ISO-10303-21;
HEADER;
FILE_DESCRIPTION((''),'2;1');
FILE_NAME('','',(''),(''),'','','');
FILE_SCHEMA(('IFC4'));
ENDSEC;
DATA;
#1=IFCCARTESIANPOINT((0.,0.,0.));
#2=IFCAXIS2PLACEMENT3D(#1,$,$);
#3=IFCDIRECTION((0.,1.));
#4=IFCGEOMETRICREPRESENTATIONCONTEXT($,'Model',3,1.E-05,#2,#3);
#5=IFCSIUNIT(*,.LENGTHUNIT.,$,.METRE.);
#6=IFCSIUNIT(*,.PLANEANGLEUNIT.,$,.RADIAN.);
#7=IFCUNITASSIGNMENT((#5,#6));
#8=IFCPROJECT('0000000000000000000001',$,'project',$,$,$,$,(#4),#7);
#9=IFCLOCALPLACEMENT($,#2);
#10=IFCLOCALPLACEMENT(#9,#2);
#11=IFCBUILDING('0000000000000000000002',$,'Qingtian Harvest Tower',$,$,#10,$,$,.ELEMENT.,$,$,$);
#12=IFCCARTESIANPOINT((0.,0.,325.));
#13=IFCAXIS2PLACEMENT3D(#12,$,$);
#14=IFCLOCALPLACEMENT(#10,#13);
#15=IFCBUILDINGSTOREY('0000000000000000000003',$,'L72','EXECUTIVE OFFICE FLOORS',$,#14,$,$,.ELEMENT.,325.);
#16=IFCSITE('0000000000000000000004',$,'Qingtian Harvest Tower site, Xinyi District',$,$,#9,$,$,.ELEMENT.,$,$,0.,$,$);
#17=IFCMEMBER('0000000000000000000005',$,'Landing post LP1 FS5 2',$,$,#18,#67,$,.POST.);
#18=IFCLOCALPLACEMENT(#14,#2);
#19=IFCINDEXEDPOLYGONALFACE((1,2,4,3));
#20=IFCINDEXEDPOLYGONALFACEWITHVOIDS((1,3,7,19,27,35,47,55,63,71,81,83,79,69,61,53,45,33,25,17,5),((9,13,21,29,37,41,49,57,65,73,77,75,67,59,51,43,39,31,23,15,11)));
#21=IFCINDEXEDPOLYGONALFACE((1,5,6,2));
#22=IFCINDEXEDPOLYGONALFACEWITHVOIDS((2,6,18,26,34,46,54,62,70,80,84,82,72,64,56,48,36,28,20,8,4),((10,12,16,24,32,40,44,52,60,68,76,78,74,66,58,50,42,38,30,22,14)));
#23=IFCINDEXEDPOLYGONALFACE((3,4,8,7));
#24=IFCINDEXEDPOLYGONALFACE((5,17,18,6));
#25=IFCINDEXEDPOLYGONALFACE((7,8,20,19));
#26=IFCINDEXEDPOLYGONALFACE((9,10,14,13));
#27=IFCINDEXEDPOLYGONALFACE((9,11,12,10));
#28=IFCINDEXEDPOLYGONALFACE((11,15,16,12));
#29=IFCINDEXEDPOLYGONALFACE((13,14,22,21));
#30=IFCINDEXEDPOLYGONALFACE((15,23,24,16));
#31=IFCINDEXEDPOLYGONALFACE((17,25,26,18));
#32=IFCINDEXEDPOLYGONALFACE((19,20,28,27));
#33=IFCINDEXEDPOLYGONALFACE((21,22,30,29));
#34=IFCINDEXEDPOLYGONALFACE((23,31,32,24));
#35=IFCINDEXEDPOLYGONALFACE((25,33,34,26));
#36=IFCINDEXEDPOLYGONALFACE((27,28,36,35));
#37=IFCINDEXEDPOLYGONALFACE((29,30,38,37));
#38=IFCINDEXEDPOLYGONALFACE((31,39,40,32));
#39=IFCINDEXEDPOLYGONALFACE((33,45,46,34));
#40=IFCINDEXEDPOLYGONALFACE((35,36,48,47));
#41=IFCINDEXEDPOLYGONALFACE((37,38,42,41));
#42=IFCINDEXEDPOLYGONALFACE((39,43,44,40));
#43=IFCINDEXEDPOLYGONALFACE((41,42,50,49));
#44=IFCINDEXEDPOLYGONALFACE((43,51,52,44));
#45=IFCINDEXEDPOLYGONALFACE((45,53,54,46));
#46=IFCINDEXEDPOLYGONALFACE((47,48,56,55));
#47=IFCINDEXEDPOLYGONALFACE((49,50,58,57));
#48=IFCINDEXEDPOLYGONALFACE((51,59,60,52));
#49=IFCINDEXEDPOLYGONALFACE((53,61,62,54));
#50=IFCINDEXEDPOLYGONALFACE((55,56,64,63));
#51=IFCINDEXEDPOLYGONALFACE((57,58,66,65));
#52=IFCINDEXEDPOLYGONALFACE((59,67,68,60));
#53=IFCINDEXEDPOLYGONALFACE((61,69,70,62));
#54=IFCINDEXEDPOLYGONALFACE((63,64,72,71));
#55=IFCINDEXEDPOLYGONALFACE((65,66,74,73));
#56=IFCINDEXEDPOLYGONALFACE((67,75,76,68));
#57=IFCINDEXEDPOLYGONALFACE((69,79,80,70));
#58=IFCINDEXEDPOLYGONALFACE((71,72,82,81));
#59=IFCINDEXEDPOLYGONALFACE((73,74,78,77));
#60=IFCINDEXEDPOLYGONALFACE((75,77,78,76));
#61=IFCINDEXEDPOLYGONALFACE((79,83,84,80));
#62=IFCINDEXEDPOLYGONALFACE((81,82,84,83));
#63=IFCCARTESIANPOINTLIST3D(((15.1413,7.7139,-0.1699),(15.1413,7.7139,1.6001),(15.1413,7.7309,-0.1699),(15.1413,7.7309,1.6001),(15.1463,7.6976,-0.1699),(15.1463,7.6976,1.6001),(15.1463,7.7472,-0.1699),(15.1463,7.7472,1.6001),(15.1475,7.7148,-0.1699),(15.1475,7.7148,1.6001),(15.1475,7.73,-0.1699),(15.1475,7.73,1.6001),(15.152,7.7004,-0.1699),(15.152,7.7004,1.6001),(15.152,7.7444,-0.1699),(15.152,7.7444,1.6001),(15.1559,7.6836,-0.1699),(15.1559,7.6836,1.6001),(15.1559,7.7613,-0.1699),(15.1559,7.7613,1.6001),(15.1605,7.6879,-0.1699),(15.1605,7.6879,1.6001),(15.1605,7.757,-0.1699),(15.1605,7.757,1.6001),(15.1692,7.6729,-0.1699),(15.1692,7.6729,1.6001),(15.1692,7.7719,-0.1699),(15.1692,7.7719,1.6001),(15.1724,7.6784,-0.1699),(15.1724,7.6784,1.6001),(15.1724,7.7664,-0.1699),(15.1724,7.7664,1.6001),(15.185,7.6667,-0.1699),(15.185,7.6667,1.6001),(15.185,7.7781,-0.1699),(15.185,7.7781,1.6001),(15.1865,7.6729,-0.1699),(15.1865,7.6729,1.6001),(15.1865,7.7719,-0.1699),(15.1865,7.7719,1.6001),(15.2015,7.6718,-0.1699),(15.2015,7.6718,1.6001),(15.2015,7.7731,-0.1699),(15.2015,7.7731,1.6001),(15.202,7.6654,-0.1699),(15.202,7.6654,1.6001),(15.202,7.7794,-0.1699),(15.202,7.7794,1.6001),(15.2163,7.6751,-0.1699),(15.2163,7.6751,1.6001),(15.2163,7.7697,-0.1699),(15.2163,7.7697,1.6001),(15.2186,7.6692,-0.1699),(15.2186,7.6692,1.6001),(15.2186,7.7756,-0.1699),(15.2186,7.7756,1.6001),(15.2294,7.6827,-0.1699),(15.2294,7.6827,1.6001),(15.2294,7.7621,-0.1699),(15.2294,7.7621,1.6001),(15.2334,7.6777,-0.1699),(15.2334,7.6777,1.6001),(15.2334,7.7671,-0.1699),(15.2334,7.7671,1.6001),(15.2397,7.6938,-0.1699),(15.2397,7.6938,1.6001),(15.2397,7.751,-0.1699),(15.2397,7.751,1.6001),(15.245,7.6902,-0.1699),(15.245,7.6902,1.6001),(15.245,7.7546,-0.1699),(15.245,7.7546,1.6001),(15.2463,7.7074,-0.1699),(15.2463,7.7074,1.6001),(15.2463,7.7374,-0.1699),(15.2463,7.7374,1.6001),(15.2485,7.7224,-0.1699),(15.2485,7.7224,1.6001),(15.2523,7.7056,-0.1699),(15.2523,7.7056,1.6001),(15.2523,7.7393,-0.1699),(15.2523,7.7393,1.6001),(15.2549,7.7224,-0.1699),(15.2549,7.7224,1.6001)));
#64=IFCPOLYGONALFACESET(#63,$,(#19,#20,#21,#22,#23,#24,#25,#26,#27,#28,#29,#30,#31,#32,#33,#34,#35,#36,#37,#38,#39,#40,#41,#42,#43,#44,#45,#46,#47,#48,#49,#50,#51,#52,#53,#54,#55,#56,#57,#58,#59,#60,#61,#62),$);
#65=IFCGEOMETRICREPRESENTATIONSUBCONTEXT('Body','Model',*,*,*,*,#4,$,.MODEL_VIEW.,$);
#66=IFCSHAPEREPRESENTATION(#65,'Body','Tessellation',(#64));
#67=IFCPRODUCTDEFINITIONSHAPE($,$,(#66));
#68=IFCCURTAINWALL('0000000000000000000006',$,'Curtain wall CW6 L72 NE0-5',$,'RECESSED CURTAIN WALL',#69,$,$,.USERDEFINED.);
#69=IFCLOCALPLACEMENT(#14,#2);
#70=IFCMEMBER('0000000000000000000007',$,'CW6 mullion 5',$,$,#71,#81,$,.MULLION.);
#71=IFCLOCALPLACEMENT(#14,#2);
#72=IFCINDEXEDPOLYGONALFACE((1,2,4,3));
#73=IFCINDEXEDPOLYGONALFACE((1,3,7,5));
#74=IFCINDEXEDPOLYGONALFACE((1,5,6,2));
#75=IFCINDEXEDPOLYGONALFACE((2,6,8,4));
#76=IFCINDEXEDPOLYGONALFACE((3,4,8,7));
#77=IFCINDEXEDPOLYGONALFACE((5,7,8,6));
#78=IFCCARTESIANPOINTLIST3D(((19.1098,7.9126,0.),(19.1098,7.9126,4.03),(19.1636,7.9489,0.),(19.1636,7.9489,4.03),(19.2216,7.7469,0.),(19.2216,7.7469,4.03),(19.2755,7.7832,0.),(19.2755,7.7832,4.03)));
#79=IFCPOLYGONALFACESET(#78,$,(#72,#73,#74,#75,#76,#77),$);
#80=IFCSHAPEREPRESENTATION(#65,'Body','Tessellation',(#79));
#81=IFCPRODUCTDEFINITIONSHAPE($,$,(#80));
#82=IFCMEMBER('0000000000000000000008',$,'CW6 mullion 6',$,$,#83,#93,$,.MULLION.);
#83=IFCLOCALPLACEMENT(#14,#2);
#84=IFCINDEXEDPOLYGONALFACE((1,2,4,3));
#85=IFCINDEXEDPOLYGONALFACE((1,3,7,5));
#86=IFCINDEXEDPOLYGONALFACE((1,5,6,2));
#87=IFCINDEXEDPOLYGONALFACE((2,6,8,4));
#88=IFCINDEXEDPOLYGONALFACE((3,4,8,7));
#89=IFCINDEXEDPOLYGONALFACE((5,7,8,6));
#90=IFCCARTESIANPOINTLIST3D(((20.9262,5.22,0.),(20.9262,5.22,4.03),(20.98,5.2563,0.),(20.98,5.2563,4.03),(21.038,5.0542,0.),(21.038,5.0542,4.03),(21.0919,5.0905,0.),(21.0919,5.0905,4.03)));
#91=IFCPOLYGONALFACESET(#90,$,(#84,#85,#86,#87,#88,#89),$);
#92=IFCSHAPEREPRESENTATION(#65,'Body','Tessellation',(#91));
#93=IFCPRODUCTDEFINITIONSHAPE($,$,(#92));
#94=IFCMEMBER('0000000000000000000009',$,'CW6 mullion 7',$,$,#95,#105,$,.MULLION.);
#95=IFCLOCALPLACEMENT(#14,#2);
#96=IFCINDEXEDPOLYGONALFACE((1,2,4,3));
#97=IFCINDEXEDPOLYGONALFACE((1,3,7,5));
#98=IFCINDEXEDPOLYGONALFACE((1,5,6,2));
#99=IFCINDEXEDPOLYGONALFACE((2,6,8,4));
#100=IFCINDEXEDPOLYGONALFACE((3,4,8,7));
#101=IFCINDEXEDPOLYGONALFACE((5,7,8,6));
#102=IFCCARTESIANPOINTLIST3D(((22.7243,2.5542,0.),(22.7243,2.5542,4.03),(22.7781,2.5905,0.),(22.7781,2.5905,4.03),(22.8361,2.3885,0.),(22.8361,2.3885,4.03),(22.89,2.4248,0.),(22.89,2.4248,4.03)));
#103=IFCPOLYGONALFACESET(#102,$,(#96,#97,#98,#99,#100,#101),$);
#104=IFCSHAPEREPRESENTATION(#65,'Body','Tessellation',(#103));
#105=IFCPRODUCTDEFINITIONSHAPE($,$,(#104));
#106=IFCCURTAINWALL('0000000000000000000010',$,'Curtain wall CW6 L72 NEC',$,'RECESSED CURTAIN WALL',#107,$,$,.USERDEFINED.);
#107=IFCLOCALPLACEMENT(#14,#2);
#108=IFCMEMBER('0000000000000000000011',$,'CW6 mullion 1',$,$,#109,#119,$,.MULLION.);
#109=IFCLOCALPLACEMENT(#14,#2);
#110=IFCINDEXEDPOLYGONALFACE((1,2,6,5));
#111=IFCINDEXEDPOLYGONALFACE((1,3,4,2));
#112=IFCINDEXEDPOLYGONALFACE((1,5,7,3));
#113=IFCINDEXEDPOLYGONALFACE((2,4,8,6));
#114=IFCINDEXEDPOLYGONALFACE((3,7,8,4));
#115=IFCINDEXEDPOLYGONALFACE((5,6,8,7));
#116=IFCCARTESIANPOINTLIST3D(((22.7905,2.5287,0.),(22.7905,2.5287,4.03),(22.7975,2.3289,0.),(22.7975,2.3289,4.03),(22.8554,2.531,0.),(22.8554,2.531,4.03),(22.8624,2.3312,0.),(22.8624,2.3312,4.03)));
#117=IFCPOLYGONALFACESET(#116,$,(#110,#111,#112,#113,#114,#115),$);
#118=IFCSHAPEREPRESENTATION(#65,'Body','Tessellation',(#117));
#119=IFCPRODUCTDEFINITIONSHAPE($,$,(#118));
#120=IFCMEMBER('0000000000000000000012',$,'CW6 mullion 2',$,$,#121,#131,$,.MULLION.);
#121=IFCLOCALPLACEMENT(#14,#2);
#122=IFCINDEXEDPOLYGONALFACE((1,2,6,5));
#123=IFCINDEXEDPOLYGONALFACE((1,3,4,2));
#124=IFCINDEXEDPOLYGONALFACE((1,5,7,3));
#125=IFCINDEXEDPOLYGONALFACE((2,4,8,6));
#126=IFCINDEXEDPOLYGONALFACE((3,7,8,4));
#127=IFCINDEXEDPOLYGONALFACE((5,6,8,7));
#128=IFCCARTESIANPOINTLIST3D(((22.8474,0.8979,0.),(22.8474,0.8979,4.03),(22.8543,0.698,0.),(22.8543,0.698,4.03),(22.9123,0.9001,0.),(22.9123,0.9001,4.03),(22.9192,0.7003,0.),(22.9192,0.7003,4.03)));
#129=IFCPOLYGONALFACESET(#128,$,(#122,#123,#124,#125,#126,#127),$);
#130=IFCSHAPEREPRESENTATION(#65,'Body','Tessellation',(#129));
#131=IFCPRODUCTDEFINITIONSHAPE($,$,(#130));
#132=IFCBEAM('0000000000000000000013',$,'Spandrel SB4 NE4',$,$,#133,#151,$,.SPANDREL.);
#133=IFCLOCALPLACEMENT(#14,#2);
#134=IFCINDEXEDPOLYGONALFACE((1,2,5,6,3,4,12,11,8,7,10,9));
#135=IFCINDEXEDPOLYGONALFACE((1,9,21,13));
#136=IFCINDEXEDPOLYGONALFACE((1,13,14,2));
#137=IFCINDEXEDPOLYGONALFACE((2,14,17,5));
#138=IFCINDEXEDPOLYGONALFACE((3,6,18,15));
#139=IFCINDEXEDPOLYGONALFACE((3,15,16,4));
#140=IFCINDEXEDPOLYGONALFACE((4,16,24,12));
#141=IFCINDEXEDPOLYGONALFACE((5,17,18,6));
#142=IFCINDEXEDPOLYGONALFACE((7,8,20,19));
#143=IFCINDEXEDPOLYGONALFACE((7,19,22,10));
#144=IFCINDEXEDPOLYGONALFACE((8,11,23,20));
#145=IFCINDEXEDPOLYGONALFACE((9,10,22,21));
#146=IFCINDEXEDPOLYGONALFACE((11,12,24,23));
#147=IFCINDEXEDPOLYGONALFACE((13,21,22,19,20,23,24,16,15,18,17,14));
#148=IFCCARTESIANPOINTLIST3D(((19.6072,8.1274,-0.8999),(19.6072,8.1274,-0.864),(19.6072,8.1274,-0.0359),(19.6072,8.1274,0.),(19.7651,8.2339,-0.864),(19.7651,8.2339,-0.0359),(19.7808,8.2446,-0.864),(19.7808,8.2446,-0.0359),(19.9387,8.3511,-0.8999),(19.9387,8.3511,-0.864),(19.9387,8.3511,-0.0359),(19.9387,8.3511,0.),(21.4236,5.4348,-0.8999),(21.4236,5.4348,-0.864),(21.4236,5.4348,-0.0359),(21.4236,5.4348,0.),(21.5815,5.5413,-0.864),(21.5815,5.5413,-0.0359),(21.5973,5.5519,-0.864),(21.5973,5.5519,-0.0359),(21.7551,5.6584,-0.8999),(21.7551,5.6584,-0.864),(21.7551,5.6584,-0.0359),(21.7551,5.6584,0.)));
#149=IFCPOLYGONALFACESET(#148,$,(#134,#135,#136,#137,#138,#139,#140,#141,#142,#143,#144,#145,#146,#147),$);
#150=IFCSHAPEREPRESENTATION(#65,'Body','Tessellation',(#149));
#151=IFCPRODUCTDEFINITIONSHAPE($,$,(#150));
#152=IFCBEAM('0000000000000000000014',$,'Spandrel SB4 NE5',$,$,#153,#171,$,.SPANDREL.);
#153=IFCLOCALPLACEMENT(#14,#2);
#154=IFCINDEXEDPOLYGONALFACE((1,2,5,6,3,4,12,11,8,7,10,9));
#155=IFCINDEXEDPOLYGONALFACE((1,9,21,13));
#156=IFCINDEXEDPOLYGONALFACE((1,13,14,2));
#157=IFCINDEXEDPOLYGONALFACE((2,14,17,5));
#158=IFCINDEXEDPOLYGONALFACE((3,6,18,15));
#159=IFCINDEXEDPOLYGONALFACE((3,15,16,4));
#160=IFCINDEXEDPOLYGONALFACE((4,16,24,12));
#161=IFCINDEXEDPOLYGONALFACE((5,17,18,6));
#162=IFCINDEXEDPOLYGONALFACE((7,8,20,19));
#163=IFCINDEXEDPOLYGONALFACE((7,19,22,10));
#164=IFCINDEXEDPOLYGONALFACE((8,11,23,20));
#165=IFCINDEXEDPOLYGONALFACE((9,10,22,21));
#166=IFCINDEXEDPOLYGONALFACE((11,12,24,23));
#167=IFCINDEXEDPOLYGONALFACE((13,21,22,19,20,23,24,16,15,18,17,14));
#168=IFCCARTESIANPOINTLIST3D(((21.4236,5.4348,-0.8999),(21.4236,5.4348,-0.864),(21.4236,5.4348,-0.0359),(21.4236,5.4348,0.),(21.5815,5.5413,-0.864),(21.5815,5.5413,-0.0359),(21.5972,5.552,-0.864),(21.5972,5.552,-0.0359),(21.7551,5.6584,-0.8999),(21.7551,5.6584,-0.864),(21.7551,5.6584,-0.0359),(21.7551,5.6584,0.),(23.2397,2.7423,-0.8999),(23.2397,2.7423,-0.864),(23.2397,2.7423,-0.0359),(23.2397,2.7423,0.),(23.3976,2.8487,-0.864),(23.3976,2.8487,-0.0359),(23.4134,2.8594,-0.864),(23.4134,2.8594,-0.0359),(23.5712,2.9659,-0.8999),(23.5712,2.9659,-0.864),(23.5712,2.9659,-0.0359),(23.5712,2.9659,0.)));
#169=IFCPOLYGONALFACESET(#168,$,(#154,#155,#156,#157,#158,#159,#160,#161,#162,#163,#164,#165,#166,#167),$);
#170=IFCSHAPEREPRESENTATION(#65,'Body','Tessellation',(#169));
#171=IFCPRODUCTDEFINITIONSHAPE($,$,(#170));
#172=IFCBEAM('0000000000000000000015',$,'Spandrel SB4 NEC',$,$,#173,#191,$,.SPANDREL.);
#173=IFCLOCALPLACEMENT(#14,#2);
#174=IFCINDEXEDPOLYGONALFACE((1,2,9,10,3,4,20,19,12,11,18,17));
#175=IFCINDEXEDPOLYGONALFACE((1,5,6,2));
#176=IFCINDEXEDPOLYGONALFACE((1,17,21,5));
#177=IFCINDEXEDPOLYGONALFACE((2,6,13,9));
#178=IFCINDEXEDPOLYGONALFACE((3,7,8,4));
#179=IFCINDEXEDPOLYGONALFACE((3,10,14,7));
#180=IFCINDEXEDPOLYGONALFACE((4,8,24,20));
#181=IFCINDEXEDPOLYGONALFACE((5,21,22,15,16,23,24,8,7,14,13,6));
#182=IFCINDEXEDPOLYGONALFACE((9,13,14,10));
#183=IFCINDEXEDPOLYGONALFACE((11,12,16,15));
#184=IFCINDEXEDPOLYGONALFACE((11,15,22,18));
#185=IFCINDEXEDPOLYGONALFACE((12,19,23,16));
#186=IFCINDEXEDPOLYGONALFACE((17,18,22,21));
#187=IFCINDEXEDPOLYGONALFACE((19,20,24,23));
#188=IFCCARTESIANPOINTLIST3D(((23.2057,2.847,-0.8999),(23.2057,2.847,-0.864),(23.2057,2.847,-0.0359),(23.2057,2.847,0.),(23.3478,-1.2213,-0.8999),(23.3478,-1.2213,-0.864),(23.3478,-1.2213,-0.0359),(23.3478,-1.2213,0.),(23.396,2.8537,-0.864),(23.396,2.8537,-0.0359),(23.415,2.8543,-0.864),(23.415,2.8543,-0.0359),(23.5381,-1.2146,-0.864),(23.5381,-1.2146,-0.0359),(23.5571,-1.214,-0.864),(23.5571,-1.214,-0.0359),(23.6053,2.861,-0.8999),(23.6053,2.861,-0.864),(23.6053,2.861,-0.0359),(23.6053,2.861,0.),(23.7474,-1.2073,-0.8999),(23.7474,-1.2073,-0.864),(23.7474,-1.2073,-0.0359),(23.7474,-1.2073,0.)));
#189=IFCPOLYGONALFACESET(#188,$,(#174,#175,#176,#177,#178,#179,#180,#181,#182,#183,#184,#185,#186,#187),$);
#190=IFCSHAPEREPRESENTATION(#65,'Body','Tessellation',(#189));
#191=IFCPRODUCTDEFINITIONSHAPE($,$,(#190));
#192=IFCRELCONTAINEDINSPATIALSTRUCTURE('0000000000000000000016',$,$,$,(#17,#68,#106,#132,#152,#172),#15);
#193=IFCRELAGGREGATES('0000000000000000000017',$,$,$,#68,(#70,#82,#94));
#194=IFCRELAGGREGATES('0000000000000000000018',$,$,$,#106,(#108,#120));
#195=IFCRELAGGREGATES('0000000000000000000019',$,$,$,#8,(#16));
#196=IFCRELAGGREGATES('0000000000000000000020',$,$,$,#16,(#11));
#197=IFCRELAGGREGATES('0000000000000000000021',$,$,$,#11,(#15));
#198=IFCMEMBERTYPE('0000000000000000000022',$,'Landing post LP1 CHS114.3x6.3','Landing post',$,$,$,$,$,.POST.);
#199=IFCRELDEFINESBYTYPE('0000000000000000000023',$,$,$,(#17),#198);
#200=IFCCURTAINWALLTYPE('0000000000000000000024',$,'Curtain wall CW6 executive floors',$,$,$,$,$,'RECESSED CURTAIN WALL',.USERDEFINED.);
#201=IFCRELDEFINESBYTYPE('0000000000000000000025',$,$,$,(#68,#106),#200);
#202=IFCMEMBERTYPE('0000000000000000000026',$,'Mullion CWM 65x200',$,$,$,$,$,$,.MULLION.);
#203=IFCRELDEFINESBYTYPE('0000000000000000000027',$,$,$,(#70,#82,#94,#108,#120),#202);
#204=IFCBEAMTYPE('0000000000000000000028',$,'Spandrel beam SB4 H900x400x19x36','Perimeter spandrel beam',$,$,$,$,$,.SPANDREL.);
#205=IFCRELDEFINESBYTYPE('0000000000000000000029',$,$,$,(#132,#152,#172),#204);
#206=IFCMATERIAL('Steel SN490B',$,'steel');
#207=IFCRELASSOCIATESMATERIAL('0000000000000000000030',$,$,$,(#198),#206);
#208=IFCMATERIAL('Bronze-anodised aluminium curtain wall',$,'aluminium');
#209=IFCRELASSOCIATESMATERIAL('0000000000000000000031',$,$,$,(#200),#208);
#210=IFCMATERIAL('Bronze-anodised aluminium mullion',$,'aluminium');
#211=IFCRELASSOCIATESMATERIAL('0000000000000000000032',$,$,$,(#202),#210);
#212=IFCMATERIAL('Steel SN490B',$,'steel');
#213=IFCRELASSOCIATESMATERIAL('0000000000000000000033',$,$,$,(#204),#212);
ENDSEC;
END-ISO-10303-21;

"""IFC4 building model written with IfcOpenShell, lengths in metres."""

from ifc_helpers import new_model, si_unit, direction, frame, origin, origin_2d, place, context, subcontext, project, spatial, rectangle, hollow_circle, i_section, extrude, material, material_profile, profile_set, type_object, element, aggregate, save


model = new_model("IFC4")

# Units and contexts
model_context = context("Model", 3, precision=1e-05, world=origin(), true_north=direction((0.0, 1.0)))
body_context = subcontext(model_context, "Body", "Model", "MODEL_VIEW")
ifc_project = project(units=[si_unit("LENGTHUNIT", "METRE"), si_unit("PLANEANGLEUNIT", "RADIAN")], contexts=[model_context])

# Site, building, storey
site_placement = place(None, origin())
site = spatial("IfcSite", under=ifc_project, at=site_placement, Name="Qingtian Harvest Tower site, Xinyi District", CompositionType="ELEMENT", RefElevation=0.0)
building_placement = place(site_placement, origin())
building = spatial("IfcBuilding", under=site, at=building_placement, Name="Qingtian Harvest Tower", CompositionType="ELEMENT")
storey_placement = place(building_placement, frame((0.0, 0.0, 325.0)))
storey = spatial("IfcBuildingStorey", under=building, at=storey_placement, Name="L72", Description="EXECUTIVE OFFICE FLOORS", CompositionType="ELEMENT", Elevation=325.0)

# Member
ifc_material_1 = material(Name="Steel SN490B", Category="steel")
ifc_material_profile_1 = material_profile(ifc_material_1, hollow_circle(Radius=0.0571, WallThickness=0.0063, at=origin_2d()), Name="CHS114.3x6.3")
ifc_profile_set_1 = profile_set([ifc_material_profile_1], Name="Steel SN490B")
member_type_1 = type_object("IfcMemberType", Name="Landing post LP1 CHS114.3x6.3", Description="Landing post", PredefinedType="POST", material=ifc_profile_set_1)
member_1_placement = place(storey_placement, frame((15.1978, 7.7224, -0.1699), z_axis=(0.0, 0.0, 1.0), x_axis=(1.0, 0.0, 0.0)))
element("IfcMember", 1, at=member_1_placement, inside=storey, type_object=member_type_1, Name="Landing post LP1 FS5 2", PredefinedType="POST", context=body_context, shape_type="SweptSolid", body=[
    extrude(hollow_circle(Radius=0.0571, WallThickness=0.0063, at=origin_2d()), origin(), (0.0, 0.0, 1.0), 1.77),
])

# Curtain walls, members
ifc_material_2 = material(Name="Bronze-anodised aluminium curtain wall", Category="aluminium")
curtain_wall_type = type_object("IfcCurtainWallType", Name="Curtain wall CW6 executive floors", ElementType="RECESSED CURTAIN WALL", PredefinedType="USERDEFINED", material=ifc_material_2)
curtain_wall_1_placement = place(storey_placement, origin())
curtain_wall_1 = element("IfcCurtainWall", 2, at=curtain_wall_1_placement, inside=storey, type_object=curtain_wall_type, Name="Curtain wall CW6 L72 NE0-5", ObjectType="RECESSED CURTAIN WALL", PredefinedType="USERDEFINED")
ifc_material_3 = material(Name="Bronze-anodised aluminium mullion", Category="aluminium")
ifc_material_profile_2 = material_profile(ifc_material_3, rectangle(XDim=0.0649, YDim=0.2, at=origin_2d()), Name="AL 65x200")
ifc_profile_set_2 = profile_set([ifc_material_profile_2], Name="Bronze-anodised aluminium mullion")
member_type_2 = type_object("IfcMemberType", Name="Mullion CWM 65x200", PredefinedType="MULLION", material=ifc_profile_set_2)
member_2_placement = place(storey_placement, frame((19.1926, 7.8479, 0.0), z_axis=(0.0, 0.0, 1.0), x_axis=(0.829038, 0.559193, 0.0)))
member_2 = element("IfcMember", 3, at=member_2_placement, type_object=member_type_2, Name="CW6 mullion 5", PredefinedType="MULLION", context=body_context, shape_type="SweptSolid", body=[
    extrude(rectangle(XDim=0.0649, YDim=0.2, at=origin_2d()), origin(), (0.0, 0.0, 1.0), 4.03),
])
member_3_placement = place(storey_placement, frame((21.009, 5.1553, 0.0), z_axis=(0.0, 0.0, 1.0), x_axis=(0.829038, 0.559193, 0.0)))
member_3 = element("IfcMember", 4, at=member_3_placement, type_object=member_type_2, Name="CW6 mullion 6", PredefinedType="MULLION", context=body_context, shape_type="SweptSolid", body=[
    extrude(rectangle(XDim=0.0649, YDim=0.2, at=origin_2d()), origin(), (0.0, 0.0, 1.0), 4.03),
])
member_4_placement = place(storey_placement, frame((22.8071, 2.4895, 0.0), z_axis=(0.0, 0.0, 1.0), x_axis=(0.829038, 0.559193, 0.0)))
member_4 = element("IfcMember", 5, at=member_4_placement, type_object=member_type_2, Name="CW6 mullion 7", PredefinedType="MULLION", context=body_context, shape_type="SweptSolid", body=[
    extrude(rectangle(XDim=0.0649, YDim=0.2, at=origin_2d()), origin(), (0.0, 0.0, 1.0), 4.03),
])
curtain_wall_2_placement = place(storey_placement, origin())
curtain_wall_2 = element("IfcCurtainWall", 6, at=curtain_wall_2_placement, inside=storey, type_object=curtain_wall_type, Name="Curtain wall CW6 L72 NEC", ObjectType="RECESSED CURTAIN WALL", PredefinedType="USERDEFINED")
member_5_placement = place(storey_placement, frame((22.8264, 2.4299, 0.0), z_axis=(0.0, 0.0, 1.0), x_axis=(0.999391, 0.034899, 0.0)))
member_5 = element("IfcMember", 7, at=member_5_placement, type_object=member_type_2, Name="CW6 mullion 1", PredefinedType="MULLION", context=body_context, shape_type="SweptSolid", body=[
    extrude(rectangle(XDim=0.0649, YDim=0.2, at=origin_2d()), origin(), (0.0, 0.0, 1.0), 4.03),
])
member_6_placement = place(storey_placement, frame((22.8833, 0.7991, 0.0), z_axis=(0.0, 0.0, 1.0), x_axis=(0.999391, 0.034899, 0.0)))
member_6 = element("IfcMember", 8, at=member_6_placement, type_object=member_type_2, Name="CW6 mullion 2", PredefinedType="MULLION", context=body_context, shape_type="SweptSolid", body=[
    extrude(rectangle(XDim=0.0649, YDim=0.2, at=origin_2d()), origin(), (0.0, 0.0, 1.0), 4.03),
])

# Beams
ifc_material_4 = material(Name="Steel SN490B", Category="steel")
ifc_material_profile_3 = material_profile(ifc_material_4, i_section(OverallWidth=0.3999, OverallDepth=0.8999, WebThickness=0.019, FlangeThickness=0.0359, at=origin_2d()), Name="H900x400x19x36")
ifc_profile_set_3 = profile_set([ifc_material_profile_3], Name="Steel SN490B")
beam_type_1 = type_object("IfcBeamType", Name="Spandrel beam SB4 H900x400x19x36", Description="Perimeter spandrel beam", PredefinedType="SPANDREL", material=ifc_profile_set_3)
beam_1_placement = place(storey_placement, frame((19.7729, 8.2393, -0.45), z_axis=(0.559237, -0.829008, 0.0), x_axis=(0.829008, 0.559237, 0.0)))
element("IfcBeam", 9, at=beam_1_placement, inside=storey, type_object=beam_type_1, Name="Spandrel SB4 NE4", PredefinedType="SPANDREL", context=body_context, shape_type="SweptSolid", body=[
    extrude(i_section(OverallWidth=0.3999, OverallDepth=0.8999, WebThickness=0.019, FlangeThickness=0.0359, at=origin_2d()), origin(), (0.0, 0.0, 1.0), 3.248),
])
beam_2_placement = place(storey_placement, frame((21.5894, 5.5466, -0.45), z_axis=(0.559185, -0.829043, 0.0), x_axis=(0.829043, 0.559185, 0.0)))
element("IfcBeam", 10, at=beam_2_placement, inside=storey, type_object=beam_type_1, Name="Spandrel SB4 NE5", PredefinedType="SPANDREL", context=body_context, shape_type="SweptSolid", body=[
    extrude(i_section(OverallWidth=0.3999, OverallDepth=0.8999, WebThickness=0.019, FlangeThickness=0.0359, at=origin_2d()), origin(), (0.0, 0.0, 1.0), 3.2478),
])
beam_3_placement = place(storey_placement, frame((23.4055, 2.854, -0.45), z_axis=(0.034904, -0.999391, 0.0), x_axis=(0.999391, 0.034904, 0.0)))
element("IfcBeam", 11, at=beam_3_placement, inside=storey, type_object=beam_type_1, Name="Spandrel SB4 NEC", PredefinedType="SPANDREL", context=body_context, shape_type="SweptSolid", body=[
    extrude(i_section(OverallWidth=0.3999, OverallDepth=0.8999, WebThickness=0.019, FlangeThickness=0.0359, at=origin_2d()), origin(), (0.0, 0.0, 1.0), 4.0708),
])

aggregate(curtain_wall_1, [member_2, member_3, member_4])
aggregate(curtain_wall_2, [member_5, member_6])

save(model, "model.ifc")
